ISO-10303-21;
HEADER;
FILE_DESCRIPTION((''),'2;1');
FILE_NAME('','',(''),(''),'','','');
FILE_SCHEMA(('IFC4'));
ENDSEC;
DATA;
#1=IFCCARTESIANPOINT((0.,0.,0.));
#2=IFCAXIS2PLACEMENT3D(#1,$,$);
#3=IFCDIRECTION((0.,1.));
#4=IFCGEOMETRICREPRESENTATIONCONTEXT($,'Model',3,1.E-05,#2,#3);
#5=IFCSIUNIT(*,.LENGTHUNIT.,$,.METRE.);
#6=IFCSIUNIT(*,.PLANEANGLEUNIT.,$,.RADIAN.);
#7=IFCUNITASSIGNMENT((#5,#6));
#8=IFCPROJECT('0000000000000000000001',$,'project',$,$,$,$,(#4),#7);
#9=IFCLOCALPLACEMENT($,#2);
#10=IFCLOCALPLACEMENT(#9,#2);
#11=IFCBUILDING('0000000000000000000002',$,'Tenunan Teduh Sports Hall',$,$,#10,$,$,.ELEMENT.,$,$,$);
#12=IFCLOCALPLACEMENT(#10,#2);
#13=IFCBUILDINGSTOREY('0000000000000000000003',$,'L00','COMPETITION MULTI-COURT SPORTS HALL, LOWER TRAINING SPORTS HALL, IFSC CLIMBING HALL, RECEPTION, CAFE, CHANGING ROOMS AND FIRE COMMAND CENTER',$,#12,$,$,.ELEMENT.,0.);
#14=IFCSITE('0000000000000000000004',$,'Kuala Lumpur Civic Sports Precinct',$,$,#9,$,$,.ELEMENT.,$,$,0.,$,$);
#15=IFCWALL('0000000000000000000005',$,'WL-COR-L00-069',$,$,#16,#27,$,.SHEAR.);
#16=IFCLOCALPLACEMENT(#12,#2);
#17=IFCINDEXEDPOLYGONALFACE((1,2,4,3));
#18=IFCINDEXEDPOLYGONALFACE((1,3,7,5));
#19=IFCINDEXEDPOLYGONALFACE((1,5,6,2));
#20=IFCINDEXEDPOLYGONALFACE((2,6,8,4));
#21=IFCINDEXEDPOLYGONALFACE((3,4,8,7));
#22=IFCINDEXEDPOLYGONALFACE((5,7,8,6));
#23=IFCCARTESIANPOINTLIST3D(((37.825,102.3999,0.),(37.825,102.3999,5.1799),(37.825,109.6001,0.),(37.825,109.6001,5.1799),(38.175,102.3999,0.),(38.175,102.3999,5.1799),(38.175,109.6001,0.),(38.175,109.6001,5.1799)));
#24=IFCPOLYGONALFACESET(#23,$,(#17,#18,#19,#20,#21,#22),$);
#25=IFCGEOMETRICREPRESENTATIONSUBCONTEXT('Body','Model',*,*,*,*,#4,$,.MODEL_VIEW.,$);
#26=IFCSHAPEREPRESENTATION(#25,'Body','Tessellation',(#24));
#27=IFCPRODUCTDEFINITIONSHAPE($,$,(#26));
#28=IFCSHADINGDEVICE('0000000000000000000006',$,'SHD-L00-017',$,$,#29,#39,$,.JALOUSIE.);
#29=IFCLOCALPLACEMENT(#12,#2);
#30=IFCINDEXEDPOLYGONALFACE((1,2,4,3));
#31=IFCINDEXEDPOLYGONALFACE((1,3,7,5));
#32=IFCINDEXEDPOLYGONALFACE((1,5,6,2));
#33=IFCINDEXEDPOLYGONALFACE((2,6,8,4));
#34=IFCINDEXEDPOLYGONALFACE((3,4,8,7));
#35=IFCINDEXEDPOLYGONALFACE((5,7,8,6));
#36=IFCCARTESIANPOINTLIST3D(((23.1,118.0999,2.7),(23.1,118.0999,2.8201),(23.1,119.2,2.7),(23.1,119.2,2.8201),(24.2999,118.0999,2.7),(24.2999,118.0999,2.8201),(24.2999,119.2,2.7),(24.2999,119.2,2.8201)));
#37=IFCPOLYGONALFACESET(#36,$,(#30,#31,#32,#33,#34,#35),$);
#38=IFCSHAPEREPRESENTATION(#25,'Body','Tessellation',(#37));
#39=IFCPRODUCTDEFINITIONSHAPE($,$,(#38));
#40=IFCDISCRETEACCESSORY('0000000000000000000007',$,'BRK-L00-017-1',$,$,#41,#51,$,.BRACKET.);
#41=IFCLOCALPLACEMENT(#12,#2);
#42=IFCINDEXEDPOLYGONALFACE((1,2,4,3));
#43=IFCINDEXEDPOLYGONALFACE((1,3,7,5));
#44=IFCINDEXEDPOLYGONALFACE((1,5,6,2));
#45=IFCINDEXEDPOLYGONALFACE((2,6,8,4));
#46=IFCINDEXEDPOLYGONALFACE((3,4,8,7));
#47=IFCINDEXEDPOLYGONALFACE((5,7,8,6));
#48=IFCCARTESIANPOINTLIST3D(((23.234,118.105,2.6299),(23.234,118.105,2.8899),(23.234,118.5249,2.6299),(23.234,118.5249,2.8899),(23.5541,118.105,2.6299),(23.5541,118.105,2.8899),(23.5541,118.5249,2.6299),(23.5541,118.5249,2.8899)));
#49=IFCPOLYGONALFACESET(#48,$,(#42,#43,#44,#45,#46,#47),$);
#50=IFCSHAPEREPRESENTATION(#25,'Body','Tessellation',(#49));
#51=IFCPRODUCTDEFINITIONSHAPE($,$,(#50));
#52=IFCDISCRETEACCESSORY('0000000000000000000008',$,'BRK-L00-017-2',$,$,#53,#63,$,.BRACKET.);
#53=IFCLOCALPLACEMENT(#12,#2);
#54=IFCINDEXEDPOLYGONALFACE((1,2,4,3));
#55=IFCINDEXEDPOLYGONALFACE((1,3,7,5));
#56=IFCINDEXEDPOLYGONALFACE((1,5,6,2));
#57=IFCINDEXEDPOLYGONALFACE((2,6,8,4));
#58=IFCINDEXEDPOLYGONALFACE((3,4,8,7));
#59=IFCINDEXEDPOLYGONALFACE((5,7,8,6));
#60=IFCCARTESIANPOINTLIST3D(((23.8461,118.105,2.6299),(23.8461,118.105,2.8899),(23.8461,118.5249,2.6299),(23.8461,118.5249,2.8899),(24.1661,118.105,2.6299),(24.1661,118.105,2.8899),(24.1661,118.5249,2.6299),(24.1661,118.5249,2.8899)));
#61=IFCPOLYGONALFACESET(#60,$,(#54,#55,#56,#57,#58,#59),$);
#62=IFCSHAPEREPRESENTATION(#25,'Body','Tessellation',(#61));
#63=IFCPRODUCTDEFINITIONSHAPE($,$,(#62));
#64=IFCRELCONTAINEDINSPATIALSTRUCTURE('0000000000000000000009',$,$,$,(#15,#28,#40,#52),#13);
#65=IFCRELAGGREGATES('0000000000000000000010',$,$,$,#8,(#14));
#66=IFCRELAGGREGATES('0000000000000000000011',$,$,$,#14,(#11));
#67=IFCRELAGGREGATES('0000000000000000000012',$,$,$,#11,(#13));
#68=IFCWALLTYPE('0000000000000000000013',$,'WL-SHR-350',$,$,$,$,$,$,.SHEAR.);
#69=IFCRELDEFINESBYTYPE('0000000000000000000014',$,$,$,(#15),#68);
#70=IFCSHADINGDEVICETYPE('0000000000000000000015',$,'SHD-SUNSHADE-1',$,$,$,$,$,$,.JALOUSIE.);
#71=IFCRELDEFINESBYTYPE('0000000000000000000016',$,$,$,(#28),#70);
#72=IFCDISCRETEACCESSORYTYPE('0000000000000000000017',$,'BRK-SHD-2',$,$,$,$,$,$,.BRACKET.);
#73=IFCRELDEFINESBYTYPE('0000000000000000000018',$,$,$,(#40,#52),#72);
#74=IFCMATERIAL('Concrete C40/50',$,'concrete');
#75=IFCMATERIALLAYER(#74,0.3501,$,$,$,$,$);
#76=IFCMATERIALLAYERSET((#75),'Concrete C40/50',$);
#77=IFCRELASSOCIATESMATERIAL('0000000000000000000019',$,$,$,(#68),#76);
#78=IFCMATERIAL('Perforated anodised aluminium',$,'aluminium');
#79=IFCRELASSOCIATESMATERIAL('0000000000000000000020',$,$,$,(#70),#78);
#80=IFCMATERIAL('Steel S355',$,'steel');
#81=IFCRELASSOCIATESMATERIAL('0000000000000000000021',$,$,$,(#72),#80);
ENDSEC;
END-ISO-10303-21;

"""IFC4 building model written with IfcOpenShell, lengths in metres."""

from ifc_helpers import new_model, si_unit, direction, frame, frame_2d, origin, origin_2d, place, context, subcontext, project, spatial, rectangle, extrude, material, layer, layer_set, type_object, element, save


model = new_model("IFC4")

# Units and contexts
model_context = context("Model", 3, precision=1e-05, world=origin(), true_north=direction((0.0, 1.0)))
body_context = subcontext(model_context, "Body", "Model", "MODEL_VIEW")
ifc_project = project(units=[si_unit("LENGTHUNIT", "METRE"), si_unit("PLANEANGLEUNIT", "RADIAN")], contexts=[model_context])

# Site, building, storey
site_placement = place(None, origin())
site = spatial("IfcSite", under=ifc_project, at=site_placement, Name="Kuala Lumpur Civic Sports Precinct", CompositionType="ELEMENT", RefElevation=0.0)
building_placement = place(site_placement, origin())
building = spatial("IfcBuilding", under=site, at=building_placement, Name="Tenunan Teduh Sports Hall", CompositionType="ELEMENT")
storey_placement = place(building_placement, origin())
storey = spatial("IfcBuildingStorey", under=building, at=storey_placement, Name="L00", Description="COMPETITION MULTI-COURT SPORTS HALL, LOWER TRAINING SPORTS HALL, IFSC CLIMBING HALL, RECEPTION, CAFE, CHANGING ROOMS AND FIRE COMMAND CENTER", CompositionType="ELEMENT", Elevation=0.0)

# Shared definitions
ifc_material_1 = material(Name="Concrete C40/50", Category="concrete")
ifc_layer_1 = layer(ifc_material_1, 0.3501)
ifc_layer_set_1 = layer_set([ifc_layer_1], Name="Concrete C40/50")
wall_type_1 = type_object("IfcWallType", Name="WL-SHR-350", PredefinedType="SHEAR", material=ifc_layer_set_1)

# Wall
wall_1_placement = place(storey_placement, frame((38.0, 102.3999, 0.0), z_axis=(0.0, 0.0, 1.0), x_axis=(0.0, 1.0, 0.0)))
element("IfcWall", 1, at=wall_1_placement, inside=storey, type_object=wall_type_1, Name="WL-COR-L00-069", PredefinedType="SHEAR", context=body_context, shape_type="SweptSolid", body=[
    extrude(rectangle(XDim=7.2002, YDim=0.3501, at=frame_2d((3.6001, 0.0))), origin(), (0.0, 0.0, 1.0), 5.1799),
])

# Shading device
ifc_material_2 = material(Name="Perforated anodised aluminium", Category="aluminium")
shading_device_type = type_object("IfcShadingDeviceType", Name="SHD-SUNSHADE-1", PredefinedType="JALOUSIE", material=ifc_material_2)
shading_device_placement = place(storey_placement, frame((23.7, 118.6499, 2.7), z_axis=(0.0, 0.0, 1.0), x_axis=(1.0, 0.0, 0.0)))
element("IfcShadingDevice", 2, at=shading_device_placement, inside=storey, type_object=shading_device_type, Name="SHD-L00-017", PredefinedType="JALOUSIE", context=body_context, shape_type="SweptSolid", body=[
    extrude(rectangle(XDim=1.2, YDim=1.1001, at=origin_2d()), origin(), (0.0, 0.0, 1.0), 0.1201),
])

# Discrete accessories
ifc_material_3 = material(Name="Steel S355", Category="steel")
discrete_accessory_type = type_object("IfcDiscreteAccessoryType", Name="BRK-SHD-2", PredefinedType="BRACKET", material=ifc_material_3)
for number, where, z_axis, x_axis, name in (
    (3, (23.394, 118.3149, 2.6299), (0.0, 0.0, 1.0), (1.0, 0.0, 0.0), "BRK-L00-017-1"),
    (4, (24.0061, 118.3149, 2.6299), (0.0, 0.0, 1.0), (1.0, 0.0, 0.0), "BRK-L00-017-2"),
):
    element("IfcDiscreteAccessory", number, at=place(storey_placement, frame(where, z_axis=z_axis, x_axis=x_axis)), inside=storey, type_object=discrete_accessory_type, Name=name, PredefinedType="BRACKET", context=body_context, shape_type="SweptSolid", body=[
        extrude(rectangle(XDim=0.3201, YDim=0.4199, at=origin_2d()), origin(), (0.0, 0.0, 1.0), 0.26),
    ])

save(model, "model.ifc")
